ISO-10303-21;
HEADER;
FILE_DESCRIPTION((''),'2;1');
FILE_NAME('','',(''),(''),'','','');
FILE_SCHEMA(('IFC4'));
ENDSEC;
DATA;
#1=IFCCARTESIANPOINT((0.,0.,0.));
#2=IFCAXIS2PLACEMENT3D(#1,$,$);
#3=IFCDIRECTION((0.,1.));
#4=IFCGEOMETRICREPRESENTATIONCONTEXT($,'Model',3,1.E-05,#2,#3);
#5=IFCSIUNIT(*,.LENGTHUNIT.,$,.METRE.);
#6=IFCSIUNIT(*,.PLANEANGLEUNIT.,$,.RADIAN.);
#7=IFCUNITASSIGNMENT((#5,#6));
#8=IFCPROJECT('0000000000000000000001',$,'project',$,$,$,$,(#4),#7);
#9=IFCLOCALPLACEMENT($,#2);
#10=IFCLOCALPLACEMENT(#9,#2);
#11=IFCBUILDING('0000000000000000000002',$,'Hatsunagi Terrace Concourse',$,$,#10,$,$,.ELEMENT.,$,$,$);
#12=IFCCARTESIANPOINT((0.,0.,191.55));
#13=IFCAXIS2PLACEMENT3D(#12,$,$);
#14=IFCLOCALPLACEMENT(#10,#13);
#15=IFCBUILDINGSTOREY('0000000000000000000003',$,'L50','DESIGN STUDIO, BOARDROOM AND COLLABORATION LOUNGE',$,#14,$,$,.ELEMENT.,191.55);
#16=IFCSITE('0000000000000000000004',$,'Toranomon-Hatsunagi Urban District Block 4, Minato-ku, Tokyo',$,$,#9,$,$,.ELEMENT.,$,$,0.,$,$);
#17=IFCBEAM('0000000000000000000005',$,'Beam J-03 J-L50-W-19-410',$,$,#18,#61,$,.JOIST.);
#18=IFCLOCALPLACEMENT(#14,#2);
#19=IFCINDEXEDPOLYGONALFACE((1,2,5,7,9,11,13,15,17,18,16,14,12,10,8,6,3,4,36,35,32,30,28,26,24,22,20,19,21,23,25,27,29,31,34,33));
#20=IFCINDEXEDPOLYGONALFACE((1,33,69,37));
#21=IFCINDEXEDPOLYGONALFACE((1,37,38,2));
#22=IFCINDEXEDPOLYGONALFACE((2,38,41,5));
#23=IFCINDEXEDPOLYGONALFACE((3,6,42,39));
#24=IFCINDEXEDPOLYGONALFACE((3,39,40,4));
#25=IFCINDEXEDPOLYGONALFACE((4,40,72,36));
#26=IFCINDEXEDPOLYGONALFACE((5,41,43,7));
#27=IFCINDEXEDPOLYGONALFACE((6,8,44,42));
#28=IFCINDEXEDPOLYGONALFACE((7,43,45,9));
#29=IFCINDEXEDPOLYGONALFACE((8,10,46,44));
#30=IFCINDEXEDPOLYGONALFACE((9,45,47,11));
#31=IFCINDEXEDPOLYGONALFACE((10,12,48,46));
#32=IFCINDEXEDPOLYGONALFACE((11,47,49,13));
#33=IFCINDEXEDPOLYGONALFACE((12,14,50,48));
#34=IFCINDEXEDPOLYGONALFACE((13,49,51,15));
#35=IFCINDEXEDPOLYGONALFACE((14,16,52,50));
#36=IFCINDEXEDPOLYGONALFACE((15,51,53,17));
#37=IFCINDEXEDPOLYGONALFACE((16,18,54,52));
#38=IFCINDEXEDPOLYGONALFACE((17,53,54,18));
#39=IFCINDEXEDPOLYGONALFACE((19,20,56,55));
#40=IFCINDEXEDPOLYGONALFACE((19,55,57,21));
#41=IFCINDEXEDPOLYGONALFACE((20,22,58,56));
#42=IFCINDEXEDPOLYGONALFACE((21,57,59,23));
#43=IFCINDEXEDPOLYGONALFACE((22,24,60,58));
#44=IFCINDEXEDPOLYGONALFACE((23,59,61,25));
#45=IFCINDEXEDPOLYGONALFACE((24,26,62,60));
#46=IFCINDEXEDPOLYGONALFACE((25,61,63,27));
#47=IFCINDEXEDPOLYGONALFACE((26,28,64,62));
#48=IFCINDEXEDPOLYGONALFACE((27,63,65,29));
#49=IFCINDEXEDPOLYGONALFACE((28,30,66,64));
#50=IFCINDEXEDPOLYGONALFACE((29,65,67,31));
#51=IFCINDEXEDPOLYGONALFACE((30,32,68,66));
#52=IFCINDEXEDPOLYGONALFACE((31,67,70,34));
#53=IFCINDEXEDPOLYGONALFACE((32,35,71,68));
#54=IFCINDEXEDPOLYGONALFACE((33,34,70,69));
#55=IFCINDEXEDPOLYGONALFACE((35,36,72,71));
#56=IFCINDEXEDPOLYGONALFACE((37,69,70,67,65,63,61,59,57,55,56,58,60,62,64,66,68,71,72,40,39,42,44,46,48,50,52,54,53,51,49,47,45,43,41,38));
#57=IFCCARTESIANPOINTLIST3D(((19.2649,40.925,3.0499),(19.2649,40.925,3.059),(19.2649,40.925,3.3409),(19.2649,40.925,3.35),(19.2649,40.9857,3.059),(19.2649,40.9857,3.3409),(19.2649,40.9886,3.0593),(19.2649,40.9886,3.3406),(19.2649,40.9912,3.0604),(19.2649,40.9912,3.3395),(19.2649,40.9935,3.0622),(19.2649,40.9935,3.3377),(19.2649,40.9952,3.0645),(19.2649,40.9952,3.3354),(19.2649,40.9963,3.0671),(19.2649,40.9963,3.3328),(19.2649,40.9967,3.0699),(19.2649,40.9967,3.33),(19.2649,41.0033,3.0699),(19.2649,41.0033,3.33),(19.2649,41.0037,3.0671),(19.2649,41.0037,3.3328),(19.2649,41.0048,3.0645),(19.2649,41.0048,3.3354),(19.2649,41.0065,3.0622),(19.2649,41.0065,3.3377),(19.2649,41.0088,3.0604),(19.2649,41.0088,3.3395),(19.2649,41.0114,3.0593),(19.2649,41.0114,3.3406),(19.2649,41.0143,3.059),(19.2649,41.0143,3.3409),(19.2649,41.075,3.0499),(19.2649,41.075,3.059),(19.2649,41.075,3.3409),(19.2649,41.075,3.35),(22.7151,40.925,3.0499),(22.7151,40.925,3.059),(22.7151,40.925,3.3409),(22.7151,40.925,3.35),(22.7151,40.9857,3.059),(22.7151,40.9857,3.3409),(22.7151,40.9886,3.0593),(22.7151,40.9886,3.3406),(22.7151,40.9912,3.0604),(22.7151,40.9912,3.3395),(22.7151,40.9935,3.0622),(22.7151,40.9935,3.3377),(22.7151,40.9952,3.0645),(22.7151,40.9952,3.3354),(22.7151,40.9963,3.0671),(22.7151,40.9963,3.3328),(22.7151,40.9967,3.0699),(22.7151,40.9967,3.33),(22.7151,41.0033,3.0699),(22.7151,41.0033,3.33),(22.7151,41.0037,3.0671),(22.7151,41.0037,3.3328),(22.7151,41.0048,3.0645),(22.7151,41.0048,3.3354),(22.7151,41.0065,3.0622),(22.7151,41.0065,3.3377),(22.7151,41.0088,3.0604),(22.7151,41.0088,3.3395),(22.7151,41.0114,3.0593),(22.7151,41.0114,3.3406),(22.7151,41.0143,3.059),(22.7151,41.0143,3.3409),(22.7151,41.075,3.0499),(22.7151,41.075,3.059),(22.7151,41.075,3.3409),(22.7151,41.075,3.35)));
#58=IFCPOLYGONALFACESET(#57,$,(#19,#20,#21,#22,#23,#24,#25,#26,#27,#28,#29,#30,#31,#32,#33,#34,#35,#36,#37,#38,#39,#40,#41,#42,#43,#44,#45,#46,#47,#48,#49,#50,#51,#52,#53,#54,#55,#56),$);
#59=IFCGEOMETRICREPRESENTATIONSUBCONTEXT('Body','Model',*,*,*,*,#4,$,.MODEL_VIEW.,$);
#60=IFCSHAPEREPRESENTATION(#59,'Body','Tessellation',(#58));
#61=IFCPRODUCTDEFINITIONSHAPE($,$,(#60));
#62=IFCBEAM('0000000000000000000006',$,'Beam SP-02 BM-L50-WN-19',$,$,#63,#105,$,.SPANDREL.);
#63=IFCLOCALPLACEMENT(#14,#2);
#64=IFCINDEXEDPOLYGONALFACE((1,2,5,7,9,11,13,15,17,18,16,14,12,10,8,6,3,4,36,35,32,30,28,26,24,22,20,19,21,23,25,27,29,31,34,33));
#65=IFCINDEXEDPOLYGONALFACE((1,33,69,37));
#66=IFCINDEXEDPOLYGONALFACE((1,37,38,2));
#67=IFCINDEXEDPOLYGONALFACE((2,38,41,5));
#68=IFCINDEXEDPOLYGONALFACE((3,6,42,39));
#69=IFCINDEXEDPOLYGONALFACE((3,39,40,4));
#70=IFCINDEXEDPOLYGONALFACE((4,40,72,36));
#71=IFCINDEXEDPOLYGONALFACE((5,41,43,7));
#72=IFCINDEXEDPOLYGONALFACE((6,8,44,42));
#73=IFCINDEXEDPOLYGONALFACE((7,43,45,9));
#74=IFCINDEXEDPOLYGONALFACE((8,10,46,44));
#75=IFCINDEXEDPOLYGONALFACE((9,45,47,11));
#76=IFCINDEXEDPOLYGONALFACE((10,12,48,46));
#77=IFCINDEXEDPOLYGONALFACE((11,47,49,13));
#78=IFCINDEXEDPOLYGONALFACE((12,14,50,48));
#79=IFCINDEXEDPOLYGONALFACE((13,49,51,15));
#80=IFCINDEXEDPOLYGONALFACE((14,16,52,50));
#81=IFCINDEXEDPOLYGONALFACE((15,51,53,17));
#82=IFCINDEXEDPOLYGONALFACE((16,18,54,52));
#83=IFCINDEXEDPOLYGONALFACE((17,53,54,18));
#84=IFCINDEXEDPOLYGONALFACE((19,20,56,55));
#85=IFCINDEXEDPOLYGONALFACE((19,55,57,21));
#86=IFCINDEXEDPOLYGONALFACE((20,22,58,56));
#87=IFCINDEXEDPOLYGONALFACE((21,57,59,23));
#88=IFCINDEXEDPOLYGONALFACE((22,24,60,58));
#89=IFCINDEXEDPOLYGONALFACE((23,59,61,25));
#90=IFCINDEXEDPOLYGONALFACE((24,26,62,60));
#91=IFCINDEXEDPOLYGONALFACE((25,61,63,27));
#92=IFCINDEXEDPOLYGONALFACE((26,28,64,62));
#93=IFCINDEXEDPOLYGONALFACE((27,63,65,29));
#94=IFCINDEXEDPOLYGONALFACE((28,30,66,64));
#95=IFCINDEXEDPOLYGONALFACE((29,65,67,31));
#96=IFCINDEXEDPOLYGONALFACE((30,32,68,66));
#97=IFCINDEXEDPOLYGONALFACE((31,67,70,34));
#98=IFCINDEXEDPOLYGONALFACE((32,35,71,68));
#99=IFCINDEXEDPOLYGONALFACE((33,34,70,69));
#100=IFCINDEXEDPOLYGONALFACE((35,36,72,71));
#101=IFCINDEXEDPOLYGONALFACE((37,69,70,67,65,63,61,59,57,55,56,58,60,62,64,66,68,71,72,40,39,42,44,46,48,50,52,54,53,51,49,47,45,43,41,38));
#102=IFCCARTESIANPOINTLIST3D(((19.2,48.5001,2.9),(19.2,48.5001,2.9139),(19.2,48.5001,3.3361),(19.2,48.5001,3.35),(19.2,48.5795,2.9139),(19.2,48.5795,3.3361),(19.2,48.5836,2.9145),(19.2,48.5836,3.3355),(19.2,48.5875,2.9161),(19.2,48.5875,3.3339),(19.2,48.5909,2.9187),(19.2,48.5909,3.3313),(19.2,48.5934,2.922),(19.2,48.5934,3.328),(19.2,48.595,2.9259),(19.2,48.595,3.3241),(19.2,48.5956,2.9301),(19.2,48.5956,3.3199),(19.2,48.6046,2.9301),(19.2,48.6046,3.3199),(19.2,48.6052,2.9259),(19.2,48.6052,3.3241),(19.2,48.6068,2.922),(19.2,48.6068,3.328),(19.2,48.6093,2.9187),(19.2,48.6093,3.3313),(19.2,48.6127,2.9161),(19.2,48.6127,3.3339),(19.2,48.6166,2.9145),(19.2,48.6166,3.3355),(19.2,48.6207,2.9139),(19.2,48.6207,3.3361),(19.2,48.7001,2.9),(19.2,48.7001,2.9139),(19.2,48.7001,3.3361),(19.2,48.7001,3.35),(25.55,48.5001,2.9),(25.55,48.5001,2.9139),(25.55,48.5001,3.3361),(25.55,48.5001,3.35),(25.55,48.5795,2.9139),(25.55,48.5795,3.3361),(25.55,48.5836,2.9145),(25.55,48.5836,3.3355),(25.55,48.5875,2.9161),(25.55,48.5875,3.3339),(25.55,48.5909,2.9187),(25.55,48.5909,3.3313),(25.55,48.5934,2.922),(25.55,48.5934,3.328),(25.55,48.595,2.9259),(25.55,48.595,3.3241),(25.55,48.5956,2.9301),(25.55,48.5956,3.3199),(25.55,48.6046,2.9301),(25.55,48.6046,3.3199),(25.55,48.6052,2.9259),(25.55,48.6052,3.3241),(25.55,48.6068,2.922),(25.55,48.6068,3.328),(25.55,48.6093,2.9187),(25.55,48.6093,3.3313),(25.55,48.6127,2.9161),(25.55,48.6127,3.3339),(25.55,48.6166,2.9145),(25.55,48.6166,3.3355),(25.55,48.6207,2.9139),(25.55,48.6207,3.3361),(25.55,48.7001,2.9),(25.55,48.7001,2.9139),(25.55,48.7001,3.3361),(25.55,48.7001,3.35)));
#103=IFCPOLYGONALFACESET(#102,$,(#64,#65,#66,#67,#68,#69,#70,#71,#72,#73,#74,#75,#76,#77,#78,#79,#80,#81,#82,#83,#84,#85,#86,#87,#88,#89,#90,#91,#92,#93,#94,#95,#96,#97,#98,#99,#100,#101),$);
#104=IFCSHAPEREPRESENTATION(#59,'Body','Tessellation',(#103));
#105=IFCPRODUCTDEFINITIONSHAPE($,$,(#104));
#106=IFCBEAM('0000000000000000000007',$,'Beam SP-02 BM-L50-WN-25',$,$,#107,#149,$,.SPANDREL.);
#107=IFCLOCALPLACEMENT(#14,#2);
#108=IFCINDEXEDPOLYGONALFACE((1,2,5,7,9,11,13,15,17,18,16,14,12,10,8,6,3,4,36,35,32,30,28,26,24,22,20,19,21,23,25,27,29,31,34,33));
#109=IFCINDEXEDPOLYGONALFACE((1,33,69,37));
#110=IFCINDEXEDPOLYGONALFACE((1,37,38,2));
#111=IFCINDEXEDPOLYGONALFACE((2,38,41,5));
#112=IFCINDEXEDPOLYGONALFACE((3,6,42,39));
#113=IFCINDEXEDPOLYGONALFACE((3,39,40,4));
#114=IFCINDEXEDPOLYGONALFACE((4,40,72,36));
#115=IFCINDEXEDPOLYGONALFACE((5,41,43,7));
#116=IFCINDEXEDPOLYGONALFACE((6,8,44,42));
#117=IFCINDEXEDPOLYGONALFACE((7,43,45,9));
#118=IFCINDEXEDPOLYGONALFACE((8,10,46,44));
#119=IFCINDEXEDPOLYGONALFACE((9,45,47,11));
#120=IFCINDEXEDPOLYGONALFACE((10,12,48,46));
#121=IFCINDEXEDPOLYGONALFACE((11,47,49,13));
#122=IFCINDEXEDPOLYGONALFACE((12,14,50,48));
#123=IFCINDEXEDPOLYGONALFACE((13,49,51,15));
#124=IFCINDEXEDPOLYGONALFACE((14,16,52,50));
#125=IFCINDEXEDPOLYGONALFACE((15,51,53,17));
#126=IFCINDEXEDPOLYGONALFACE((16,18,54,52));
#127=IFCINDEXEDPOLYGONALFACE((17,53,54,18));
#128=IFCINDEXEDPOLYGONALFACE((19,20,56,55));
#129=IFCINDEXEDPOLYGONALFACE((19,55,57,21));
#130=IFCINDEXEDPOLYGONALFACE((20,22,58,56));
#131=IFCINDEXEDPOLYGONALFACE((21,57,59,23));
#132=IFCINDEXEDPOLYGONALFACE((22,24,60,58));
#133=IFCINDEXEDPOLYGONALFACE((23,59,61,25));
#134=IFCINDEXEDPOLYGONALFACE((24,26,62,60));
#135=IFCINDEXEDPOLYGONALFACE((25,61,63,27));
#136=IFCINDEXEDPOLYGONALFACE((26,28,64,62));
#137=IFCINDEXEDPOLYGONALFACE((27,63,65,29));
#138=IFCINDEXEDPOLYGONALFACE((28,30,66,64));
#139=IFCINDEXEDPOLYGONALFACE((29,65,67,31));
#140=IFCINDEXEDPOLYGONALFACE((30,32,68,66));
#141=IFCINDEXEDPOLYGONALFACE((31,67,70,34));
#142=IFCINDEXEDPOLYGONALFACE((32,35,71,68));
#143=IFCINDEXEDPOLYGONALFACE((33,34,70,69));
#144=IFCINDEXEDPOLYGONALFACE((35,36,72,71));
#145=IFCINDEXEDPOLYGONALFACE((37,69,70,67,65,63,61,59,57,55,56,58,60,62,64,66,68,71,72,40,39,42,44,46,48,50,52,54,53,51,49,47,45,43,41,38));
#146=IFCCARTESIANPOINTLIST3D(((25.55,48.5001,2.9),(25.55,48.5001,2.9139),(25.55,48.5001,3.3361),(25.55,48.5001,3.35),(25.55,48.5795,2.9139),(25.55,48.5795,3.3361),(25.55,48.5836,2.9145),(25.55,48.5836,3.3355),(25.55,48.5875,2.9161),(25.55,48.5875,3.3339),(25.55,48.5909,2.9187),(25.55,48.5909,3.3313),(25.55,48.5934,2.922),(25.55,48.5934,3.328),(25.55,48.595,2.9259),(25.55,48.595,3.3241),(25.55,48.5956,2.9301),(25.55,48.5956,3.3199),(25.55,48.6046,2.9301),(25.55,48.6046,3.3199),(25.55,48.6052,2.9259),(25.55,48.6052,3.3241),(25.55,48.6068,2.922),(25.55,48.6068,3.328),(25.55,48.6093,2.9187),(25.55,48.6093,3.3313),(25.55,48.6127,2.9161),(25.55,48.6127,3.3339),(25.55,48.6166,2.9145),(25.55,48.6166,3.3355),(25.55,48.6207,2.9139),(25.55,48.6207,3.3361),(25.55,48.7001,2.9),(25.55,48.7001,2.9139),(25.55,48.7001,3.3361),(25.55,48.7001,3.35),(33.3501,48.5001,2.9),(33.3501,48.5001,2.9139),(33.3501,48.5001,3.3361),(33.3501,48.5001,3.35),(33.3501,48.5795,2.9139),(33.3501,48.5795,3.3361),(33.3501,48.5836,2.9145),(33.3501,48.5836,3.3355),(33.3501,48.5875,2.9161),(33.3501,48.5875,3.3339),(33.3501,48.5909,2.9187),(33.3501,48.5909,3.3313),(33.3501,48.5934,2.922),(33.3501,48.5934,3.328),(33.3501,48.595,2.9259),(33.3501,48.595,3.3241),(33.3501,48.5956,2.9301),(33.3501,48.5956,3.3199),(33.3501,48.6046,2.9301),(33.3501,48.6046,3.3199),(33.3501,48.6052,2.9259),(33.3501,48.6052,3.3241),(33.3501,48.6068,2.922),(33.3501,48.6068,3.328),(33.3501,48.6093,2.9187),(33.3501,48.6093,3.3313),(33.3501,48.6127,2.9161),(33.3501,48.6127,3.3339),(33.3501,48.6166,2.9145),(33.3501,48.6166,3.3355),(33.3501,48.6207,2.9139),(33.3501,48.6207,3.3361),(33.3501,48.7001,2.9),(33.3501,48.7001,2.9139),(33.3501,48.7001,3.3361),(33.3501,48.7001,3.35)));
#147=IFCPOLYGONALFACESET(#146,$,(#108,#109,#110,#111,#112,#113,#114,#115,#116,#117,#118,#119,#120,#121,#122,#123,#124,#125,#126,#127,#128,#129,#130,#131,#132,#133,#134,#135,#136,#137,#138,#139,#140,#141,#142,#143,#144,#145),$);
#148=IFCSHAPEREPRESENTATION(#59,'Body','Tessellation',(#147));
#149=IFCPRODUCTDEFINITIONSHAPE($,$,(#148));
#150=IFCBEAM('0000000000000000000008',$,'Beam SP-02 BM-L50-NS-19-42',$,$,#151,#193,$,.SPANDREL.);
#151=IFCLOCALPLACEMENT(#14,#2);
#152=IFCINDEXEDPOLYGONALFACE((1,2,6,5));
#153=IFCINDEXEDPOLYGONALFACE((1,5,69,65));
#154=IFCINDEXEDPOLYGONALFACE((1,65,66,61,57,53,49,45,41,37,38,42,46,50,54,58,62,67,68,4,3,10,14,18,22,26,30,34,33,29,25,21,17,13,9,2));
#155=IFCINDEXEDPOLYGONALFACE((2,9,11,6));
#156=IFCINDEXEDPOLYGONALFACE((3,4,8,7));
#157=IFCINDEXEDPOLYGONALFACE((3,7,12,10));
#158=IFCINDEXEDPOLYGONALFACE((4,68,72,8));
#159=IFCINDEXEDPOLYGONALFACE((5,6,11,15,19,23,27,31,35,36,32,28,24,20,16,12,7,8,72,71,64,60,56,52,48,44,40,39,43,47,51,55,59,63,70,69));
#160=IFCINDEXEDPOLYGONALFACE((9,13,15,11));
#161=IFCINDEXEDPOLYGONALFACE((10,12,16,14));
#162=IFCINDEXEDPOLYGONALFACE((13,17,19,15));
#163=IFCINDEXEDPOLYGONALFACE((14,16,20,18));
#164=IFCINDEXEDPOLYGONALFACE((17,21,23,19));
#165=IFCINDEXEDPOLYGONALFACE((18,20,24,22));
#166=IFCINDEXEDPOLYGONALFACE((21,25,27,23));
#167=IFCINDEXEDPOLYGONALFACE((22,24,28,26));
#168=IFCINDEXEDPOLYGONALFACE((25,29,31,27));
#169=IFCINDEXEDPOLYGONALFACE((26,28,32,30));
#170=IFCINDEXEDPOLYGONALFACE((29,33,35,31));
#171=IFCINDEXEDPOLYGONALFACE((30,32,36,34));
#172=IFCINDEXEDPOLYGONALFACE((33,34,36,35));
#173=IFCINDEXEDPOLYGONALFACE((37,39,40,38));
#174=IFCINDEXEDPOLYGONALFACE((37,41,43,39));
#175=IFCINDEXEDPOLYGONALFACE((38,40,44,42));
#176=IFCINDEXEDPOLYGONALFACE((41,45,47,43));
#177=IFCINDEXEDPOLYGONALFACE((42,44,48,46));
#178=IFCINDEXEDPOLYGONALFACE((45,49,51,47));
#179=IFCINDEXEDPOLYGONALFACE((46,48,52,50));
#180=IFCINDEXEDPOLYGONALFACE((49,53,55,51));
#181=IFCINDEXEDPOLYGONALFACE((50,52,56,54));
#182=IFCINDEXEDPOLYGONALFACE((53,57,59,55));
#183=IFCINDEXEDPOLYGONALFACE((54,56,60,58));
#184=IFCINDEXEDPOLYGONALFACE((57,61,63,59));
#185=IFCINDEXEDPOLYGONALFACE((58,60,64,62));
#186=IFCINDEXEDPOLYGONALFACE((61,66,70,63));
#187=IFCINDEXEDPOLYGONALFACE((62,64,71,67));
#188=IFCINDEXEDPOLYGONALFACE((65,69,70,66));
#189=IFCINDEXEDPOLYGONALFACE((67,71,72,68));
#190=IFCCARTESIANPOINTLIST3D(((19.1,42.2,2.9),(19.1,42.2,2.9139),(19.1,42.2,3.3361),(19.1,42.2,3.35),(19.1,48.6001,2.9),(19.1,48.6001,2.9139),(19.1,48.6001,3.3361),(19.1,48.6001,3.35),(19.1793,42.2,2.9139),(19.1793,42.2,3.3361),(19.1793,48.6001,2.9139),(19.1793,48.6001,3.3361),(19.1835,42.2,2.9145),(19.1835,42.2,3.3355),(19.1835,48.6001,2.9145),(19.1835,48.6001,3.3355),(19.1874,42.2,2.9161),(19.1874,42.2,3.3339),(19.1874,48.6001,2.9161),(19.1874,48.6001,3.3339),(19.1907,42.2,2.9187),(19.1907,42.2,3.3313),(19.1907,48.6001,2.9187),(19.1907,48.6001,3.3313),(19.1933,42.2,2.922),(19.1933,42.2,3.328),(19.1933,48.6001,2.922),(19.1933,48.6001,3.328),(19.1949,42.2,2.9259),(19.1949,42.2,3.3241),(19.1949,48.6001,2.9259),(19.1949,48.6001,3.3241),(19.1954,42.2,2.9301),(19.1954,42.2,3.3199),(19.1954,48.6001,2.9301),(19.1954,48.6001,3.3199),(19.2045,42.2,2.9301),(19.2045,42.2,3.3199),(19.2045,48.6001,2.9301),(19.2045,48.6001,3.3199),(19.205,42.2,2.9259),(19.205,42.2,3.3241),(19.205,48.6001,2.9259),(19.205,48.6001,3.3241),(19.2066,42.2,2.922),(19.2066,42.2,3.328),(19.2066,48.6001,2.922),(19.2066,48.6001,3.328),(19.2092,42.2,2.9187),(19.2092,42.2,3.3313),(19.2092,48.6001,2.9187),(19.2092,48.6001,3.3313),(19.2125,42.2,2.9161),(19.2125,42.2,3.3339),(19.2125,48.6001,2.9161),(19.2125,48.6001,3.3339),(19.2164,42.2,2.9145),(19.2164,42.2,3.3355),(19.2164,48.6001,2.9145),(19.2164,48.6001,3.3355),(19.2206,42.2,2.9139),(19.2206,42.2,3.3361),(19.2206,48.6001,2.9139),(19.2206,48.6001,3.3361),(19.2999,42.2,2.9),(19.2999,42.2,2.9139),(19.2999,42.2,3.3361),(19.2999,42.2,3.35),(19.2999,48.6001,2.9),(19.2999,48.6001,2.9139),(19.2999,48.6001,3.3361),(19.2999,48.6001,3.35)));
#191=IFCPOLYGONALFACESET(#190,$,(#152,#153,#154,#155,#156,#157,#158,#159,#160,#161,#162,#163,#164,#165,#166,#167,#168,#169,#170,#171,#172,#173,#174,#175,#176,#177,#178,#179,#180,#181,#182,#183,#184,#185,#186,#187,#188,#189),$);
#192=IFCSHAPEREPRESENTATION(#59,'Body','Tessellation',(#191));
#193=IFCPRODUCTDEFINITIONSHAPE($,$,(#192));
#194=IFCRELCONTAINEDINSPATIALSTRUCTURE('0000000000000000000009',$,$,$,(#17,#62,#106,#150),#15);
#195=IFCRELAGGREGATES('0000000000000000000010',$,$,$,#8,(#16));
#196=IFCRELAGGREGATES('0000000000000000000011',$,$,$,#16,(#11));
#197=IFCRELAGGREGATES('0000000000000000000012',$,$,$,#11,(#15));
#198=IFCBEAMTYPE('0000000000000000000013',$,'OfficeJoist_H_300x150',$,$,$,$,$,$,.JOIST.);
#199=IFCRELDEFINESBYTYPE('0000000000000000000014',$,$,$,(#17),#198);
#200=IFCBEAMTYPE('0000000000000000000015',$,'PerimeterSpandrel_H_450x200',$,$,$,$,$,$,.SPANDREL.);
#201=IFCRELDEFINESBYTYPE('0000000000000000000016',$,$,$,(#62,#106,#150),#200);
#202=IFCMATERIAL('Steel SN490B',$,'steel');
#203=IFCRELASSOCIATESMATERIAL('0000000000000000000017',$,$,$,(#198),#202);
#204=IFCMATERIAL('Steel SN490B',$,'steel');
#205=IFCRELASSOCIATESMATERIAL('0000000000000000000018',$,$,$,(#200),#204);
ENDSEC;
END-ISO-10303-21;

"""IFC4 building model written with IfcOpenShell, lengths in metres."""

from ifc_helpers import new_model, si_unit, direction, frame, origin, origin_2d, place, context, subcontext, project, spatial, i_section, extrude, material, material_profile, profile_set, type_object, element, save


model = new_model("IFC4")

# Units and contexts
model_context = context("Model", 3, precision=1e-05, world=origin(), true_north=direction((0.0, 1.0)))
body_context = subcontext(model_context, "Body", "Model", "MODEL_VIEW")
ifc_project = project(units=[si_unit("LENGTHUNIT", "METRE"), si_unit("PLANEANGLEUNIT", "RADIAN")], contexts=[model_context])

# Site, building, storey
site_placement = place(None, origin())
site = spatial("IfcSite", under=ifc_project, at=site_placement, Name="Toranomon-Hatsunagi Urban District Block 4, Minato-ku, Tokyo", CompositionType="ELEMENT", RefElevation=0.0)
building_placement = place(site_placement, origin())
building = spatial("IfcBuilding", under=site, at=building_placement, Name="Hatsunagi Terrace Concourse", CompositionType="ELEMENT")
storey_placement = place(building_placement, frame((0.0, 0.0, 191.55)))
storey = spatial("IfcBuildingStorey", under=building, at=storey_placement, Name="L50", Description="DESIGN STUDIO, BOARDROOM AND COLLABORATION LOUNGE", CompositionType="ELEMENT", Elevation=191.55)

# Beams
ifc_material_1 = material(Name="Steel SN490B", Category="steel")
ifc_material_profile_1 = material_profile(ifc_material_1, i_section(OverallWidth=0.1499, OverallDepth=0.3, WebThickness=0.0066, FlangeThickness=0.009, FilletRadius=0.011, at=origin_2d()), Name="H-300x150x6.5x9")
ifc_profile_set_1 = profile_set([ifc_material_profile_1], Name="Steel SN490B")
beam_type_1 = type_object("IfcBeamType", Name="OfficeJoist_H_300x150", PredefinedType="JOIST", material=ifc_profile_set_1)
beam_1_placement = place(storey_placement, frame((19.2649, 41.0, 3.2), z_axis=(1.0, 0.0, 0.0), x_axis=(0.0, 1.0, 0.0)))
element("IfcBeam", 1, at=beam_1_placement, inside=storey, type_object=beam_type_1, Name="Beam J-03 J-L50-W-19-410", PredefinedType="JOIST", context=body_context, shape_type="SweptSolid", body=[
    extrude(i_section(OverallWidth=0.1499, OverallDepth=0.3, WebThickness=0.0066, FlangeThickness=0.009, FilletRadius=0.011, at=origin_2d()), origin(), (0.0, 0.0, 1.0), 3.4502),
])
ifc_material_2 = material(Name="Steel SN490B", Category="steel")
ifc_material_profile_2 = material_profile(ifc_material_2, i_section(OverallWidth=0.2, OverallDepth=0.45, WebThickness=0.009, FlangeThickness=0.0139, FilletRadius=0.0161, at=origin_2d()), Name="H-450x200x9x14")
ifc_profile_set_2 = profile_set([ifc_material_profile_2], Name="Steel SN490B")
beam_type_2 = type_object("IfcBeamType", Name="PerimeterSpandrel_H_450x200", PredefinedType="SPANDREL", material=ifc_profile_set_2)
beam_2_placement = place(storey_placement, frame((19.2, 48.6001, 3.125), z_axis=(1.0, 0.0, 0.0), x_axis=(0.0, 1.0, 0.0)))
element("IfcBeam", 2, at=beam_2_placement, inside=storey, type_object=beam_type_2, Name="Beam SP-02 BM-L50-WN-19", PredefinedType="SPANDREL", context=body_context, shape_type="SweptSolid", body=[
    extrude(i_section(OverallWidth=0.2, OverallDepth=0.45, WebThickness=0.009, FlangeThickness=0.0139, FilletRadius=0.0161, at=origin_2d()), origin(), (0.0, 0.0, 1.0), 6.3501),
])
beam_3_placement = place(storey_placement, frame((25.55, 48.6001, 3.125), z_axis=(1.0, 0.0, 0.0), x_axis=(0.0, 1.0, 0.0)))
element("IfcBeam", 3, at=beam_3_placement, inside=storey, type_object=beam_type_2, Name="Beam SP-02 BM-L50-WN-25", PredefinedType="SPANDREL", context=body_context, shape_type="SweptSolid", body=[
    extrude(i_section(OverallWidth=0.2, OverallDepth=0.45, WebThickness=0.009, FlangeThickness=0.0139, FilletRadius=0.0161, at=origin_2d()), origin(), (0.0, 0.0, 1.0), 7.8),
])
beam_4_placement = place(storey_placement, frame((19.2, 42.2, 3.125), z_axis=(0.0, 1.0, 0.0), x_axis=(-1.0, 0.0, 0.0)))
element("IfcBeam", 4, at=beam_4_placement, inside=storey, type_object=beam_type_2, Name="Beam SP-02 BM-L50-NS-19-42", PredefinedType="SPANDREL", context=body_context, shape_type="SweptSolid", body=[
    extrude(i_section(OverallWidth=0.2, OverallDepth=0.45, WebThickness=0.009, FlangeThickness=0.0139, FilletRadius=0.0161, at=origin_2d()), origin(), (0.0, 0.0, 1.0), 6.4001),
])

save(model, "model.ifc")
